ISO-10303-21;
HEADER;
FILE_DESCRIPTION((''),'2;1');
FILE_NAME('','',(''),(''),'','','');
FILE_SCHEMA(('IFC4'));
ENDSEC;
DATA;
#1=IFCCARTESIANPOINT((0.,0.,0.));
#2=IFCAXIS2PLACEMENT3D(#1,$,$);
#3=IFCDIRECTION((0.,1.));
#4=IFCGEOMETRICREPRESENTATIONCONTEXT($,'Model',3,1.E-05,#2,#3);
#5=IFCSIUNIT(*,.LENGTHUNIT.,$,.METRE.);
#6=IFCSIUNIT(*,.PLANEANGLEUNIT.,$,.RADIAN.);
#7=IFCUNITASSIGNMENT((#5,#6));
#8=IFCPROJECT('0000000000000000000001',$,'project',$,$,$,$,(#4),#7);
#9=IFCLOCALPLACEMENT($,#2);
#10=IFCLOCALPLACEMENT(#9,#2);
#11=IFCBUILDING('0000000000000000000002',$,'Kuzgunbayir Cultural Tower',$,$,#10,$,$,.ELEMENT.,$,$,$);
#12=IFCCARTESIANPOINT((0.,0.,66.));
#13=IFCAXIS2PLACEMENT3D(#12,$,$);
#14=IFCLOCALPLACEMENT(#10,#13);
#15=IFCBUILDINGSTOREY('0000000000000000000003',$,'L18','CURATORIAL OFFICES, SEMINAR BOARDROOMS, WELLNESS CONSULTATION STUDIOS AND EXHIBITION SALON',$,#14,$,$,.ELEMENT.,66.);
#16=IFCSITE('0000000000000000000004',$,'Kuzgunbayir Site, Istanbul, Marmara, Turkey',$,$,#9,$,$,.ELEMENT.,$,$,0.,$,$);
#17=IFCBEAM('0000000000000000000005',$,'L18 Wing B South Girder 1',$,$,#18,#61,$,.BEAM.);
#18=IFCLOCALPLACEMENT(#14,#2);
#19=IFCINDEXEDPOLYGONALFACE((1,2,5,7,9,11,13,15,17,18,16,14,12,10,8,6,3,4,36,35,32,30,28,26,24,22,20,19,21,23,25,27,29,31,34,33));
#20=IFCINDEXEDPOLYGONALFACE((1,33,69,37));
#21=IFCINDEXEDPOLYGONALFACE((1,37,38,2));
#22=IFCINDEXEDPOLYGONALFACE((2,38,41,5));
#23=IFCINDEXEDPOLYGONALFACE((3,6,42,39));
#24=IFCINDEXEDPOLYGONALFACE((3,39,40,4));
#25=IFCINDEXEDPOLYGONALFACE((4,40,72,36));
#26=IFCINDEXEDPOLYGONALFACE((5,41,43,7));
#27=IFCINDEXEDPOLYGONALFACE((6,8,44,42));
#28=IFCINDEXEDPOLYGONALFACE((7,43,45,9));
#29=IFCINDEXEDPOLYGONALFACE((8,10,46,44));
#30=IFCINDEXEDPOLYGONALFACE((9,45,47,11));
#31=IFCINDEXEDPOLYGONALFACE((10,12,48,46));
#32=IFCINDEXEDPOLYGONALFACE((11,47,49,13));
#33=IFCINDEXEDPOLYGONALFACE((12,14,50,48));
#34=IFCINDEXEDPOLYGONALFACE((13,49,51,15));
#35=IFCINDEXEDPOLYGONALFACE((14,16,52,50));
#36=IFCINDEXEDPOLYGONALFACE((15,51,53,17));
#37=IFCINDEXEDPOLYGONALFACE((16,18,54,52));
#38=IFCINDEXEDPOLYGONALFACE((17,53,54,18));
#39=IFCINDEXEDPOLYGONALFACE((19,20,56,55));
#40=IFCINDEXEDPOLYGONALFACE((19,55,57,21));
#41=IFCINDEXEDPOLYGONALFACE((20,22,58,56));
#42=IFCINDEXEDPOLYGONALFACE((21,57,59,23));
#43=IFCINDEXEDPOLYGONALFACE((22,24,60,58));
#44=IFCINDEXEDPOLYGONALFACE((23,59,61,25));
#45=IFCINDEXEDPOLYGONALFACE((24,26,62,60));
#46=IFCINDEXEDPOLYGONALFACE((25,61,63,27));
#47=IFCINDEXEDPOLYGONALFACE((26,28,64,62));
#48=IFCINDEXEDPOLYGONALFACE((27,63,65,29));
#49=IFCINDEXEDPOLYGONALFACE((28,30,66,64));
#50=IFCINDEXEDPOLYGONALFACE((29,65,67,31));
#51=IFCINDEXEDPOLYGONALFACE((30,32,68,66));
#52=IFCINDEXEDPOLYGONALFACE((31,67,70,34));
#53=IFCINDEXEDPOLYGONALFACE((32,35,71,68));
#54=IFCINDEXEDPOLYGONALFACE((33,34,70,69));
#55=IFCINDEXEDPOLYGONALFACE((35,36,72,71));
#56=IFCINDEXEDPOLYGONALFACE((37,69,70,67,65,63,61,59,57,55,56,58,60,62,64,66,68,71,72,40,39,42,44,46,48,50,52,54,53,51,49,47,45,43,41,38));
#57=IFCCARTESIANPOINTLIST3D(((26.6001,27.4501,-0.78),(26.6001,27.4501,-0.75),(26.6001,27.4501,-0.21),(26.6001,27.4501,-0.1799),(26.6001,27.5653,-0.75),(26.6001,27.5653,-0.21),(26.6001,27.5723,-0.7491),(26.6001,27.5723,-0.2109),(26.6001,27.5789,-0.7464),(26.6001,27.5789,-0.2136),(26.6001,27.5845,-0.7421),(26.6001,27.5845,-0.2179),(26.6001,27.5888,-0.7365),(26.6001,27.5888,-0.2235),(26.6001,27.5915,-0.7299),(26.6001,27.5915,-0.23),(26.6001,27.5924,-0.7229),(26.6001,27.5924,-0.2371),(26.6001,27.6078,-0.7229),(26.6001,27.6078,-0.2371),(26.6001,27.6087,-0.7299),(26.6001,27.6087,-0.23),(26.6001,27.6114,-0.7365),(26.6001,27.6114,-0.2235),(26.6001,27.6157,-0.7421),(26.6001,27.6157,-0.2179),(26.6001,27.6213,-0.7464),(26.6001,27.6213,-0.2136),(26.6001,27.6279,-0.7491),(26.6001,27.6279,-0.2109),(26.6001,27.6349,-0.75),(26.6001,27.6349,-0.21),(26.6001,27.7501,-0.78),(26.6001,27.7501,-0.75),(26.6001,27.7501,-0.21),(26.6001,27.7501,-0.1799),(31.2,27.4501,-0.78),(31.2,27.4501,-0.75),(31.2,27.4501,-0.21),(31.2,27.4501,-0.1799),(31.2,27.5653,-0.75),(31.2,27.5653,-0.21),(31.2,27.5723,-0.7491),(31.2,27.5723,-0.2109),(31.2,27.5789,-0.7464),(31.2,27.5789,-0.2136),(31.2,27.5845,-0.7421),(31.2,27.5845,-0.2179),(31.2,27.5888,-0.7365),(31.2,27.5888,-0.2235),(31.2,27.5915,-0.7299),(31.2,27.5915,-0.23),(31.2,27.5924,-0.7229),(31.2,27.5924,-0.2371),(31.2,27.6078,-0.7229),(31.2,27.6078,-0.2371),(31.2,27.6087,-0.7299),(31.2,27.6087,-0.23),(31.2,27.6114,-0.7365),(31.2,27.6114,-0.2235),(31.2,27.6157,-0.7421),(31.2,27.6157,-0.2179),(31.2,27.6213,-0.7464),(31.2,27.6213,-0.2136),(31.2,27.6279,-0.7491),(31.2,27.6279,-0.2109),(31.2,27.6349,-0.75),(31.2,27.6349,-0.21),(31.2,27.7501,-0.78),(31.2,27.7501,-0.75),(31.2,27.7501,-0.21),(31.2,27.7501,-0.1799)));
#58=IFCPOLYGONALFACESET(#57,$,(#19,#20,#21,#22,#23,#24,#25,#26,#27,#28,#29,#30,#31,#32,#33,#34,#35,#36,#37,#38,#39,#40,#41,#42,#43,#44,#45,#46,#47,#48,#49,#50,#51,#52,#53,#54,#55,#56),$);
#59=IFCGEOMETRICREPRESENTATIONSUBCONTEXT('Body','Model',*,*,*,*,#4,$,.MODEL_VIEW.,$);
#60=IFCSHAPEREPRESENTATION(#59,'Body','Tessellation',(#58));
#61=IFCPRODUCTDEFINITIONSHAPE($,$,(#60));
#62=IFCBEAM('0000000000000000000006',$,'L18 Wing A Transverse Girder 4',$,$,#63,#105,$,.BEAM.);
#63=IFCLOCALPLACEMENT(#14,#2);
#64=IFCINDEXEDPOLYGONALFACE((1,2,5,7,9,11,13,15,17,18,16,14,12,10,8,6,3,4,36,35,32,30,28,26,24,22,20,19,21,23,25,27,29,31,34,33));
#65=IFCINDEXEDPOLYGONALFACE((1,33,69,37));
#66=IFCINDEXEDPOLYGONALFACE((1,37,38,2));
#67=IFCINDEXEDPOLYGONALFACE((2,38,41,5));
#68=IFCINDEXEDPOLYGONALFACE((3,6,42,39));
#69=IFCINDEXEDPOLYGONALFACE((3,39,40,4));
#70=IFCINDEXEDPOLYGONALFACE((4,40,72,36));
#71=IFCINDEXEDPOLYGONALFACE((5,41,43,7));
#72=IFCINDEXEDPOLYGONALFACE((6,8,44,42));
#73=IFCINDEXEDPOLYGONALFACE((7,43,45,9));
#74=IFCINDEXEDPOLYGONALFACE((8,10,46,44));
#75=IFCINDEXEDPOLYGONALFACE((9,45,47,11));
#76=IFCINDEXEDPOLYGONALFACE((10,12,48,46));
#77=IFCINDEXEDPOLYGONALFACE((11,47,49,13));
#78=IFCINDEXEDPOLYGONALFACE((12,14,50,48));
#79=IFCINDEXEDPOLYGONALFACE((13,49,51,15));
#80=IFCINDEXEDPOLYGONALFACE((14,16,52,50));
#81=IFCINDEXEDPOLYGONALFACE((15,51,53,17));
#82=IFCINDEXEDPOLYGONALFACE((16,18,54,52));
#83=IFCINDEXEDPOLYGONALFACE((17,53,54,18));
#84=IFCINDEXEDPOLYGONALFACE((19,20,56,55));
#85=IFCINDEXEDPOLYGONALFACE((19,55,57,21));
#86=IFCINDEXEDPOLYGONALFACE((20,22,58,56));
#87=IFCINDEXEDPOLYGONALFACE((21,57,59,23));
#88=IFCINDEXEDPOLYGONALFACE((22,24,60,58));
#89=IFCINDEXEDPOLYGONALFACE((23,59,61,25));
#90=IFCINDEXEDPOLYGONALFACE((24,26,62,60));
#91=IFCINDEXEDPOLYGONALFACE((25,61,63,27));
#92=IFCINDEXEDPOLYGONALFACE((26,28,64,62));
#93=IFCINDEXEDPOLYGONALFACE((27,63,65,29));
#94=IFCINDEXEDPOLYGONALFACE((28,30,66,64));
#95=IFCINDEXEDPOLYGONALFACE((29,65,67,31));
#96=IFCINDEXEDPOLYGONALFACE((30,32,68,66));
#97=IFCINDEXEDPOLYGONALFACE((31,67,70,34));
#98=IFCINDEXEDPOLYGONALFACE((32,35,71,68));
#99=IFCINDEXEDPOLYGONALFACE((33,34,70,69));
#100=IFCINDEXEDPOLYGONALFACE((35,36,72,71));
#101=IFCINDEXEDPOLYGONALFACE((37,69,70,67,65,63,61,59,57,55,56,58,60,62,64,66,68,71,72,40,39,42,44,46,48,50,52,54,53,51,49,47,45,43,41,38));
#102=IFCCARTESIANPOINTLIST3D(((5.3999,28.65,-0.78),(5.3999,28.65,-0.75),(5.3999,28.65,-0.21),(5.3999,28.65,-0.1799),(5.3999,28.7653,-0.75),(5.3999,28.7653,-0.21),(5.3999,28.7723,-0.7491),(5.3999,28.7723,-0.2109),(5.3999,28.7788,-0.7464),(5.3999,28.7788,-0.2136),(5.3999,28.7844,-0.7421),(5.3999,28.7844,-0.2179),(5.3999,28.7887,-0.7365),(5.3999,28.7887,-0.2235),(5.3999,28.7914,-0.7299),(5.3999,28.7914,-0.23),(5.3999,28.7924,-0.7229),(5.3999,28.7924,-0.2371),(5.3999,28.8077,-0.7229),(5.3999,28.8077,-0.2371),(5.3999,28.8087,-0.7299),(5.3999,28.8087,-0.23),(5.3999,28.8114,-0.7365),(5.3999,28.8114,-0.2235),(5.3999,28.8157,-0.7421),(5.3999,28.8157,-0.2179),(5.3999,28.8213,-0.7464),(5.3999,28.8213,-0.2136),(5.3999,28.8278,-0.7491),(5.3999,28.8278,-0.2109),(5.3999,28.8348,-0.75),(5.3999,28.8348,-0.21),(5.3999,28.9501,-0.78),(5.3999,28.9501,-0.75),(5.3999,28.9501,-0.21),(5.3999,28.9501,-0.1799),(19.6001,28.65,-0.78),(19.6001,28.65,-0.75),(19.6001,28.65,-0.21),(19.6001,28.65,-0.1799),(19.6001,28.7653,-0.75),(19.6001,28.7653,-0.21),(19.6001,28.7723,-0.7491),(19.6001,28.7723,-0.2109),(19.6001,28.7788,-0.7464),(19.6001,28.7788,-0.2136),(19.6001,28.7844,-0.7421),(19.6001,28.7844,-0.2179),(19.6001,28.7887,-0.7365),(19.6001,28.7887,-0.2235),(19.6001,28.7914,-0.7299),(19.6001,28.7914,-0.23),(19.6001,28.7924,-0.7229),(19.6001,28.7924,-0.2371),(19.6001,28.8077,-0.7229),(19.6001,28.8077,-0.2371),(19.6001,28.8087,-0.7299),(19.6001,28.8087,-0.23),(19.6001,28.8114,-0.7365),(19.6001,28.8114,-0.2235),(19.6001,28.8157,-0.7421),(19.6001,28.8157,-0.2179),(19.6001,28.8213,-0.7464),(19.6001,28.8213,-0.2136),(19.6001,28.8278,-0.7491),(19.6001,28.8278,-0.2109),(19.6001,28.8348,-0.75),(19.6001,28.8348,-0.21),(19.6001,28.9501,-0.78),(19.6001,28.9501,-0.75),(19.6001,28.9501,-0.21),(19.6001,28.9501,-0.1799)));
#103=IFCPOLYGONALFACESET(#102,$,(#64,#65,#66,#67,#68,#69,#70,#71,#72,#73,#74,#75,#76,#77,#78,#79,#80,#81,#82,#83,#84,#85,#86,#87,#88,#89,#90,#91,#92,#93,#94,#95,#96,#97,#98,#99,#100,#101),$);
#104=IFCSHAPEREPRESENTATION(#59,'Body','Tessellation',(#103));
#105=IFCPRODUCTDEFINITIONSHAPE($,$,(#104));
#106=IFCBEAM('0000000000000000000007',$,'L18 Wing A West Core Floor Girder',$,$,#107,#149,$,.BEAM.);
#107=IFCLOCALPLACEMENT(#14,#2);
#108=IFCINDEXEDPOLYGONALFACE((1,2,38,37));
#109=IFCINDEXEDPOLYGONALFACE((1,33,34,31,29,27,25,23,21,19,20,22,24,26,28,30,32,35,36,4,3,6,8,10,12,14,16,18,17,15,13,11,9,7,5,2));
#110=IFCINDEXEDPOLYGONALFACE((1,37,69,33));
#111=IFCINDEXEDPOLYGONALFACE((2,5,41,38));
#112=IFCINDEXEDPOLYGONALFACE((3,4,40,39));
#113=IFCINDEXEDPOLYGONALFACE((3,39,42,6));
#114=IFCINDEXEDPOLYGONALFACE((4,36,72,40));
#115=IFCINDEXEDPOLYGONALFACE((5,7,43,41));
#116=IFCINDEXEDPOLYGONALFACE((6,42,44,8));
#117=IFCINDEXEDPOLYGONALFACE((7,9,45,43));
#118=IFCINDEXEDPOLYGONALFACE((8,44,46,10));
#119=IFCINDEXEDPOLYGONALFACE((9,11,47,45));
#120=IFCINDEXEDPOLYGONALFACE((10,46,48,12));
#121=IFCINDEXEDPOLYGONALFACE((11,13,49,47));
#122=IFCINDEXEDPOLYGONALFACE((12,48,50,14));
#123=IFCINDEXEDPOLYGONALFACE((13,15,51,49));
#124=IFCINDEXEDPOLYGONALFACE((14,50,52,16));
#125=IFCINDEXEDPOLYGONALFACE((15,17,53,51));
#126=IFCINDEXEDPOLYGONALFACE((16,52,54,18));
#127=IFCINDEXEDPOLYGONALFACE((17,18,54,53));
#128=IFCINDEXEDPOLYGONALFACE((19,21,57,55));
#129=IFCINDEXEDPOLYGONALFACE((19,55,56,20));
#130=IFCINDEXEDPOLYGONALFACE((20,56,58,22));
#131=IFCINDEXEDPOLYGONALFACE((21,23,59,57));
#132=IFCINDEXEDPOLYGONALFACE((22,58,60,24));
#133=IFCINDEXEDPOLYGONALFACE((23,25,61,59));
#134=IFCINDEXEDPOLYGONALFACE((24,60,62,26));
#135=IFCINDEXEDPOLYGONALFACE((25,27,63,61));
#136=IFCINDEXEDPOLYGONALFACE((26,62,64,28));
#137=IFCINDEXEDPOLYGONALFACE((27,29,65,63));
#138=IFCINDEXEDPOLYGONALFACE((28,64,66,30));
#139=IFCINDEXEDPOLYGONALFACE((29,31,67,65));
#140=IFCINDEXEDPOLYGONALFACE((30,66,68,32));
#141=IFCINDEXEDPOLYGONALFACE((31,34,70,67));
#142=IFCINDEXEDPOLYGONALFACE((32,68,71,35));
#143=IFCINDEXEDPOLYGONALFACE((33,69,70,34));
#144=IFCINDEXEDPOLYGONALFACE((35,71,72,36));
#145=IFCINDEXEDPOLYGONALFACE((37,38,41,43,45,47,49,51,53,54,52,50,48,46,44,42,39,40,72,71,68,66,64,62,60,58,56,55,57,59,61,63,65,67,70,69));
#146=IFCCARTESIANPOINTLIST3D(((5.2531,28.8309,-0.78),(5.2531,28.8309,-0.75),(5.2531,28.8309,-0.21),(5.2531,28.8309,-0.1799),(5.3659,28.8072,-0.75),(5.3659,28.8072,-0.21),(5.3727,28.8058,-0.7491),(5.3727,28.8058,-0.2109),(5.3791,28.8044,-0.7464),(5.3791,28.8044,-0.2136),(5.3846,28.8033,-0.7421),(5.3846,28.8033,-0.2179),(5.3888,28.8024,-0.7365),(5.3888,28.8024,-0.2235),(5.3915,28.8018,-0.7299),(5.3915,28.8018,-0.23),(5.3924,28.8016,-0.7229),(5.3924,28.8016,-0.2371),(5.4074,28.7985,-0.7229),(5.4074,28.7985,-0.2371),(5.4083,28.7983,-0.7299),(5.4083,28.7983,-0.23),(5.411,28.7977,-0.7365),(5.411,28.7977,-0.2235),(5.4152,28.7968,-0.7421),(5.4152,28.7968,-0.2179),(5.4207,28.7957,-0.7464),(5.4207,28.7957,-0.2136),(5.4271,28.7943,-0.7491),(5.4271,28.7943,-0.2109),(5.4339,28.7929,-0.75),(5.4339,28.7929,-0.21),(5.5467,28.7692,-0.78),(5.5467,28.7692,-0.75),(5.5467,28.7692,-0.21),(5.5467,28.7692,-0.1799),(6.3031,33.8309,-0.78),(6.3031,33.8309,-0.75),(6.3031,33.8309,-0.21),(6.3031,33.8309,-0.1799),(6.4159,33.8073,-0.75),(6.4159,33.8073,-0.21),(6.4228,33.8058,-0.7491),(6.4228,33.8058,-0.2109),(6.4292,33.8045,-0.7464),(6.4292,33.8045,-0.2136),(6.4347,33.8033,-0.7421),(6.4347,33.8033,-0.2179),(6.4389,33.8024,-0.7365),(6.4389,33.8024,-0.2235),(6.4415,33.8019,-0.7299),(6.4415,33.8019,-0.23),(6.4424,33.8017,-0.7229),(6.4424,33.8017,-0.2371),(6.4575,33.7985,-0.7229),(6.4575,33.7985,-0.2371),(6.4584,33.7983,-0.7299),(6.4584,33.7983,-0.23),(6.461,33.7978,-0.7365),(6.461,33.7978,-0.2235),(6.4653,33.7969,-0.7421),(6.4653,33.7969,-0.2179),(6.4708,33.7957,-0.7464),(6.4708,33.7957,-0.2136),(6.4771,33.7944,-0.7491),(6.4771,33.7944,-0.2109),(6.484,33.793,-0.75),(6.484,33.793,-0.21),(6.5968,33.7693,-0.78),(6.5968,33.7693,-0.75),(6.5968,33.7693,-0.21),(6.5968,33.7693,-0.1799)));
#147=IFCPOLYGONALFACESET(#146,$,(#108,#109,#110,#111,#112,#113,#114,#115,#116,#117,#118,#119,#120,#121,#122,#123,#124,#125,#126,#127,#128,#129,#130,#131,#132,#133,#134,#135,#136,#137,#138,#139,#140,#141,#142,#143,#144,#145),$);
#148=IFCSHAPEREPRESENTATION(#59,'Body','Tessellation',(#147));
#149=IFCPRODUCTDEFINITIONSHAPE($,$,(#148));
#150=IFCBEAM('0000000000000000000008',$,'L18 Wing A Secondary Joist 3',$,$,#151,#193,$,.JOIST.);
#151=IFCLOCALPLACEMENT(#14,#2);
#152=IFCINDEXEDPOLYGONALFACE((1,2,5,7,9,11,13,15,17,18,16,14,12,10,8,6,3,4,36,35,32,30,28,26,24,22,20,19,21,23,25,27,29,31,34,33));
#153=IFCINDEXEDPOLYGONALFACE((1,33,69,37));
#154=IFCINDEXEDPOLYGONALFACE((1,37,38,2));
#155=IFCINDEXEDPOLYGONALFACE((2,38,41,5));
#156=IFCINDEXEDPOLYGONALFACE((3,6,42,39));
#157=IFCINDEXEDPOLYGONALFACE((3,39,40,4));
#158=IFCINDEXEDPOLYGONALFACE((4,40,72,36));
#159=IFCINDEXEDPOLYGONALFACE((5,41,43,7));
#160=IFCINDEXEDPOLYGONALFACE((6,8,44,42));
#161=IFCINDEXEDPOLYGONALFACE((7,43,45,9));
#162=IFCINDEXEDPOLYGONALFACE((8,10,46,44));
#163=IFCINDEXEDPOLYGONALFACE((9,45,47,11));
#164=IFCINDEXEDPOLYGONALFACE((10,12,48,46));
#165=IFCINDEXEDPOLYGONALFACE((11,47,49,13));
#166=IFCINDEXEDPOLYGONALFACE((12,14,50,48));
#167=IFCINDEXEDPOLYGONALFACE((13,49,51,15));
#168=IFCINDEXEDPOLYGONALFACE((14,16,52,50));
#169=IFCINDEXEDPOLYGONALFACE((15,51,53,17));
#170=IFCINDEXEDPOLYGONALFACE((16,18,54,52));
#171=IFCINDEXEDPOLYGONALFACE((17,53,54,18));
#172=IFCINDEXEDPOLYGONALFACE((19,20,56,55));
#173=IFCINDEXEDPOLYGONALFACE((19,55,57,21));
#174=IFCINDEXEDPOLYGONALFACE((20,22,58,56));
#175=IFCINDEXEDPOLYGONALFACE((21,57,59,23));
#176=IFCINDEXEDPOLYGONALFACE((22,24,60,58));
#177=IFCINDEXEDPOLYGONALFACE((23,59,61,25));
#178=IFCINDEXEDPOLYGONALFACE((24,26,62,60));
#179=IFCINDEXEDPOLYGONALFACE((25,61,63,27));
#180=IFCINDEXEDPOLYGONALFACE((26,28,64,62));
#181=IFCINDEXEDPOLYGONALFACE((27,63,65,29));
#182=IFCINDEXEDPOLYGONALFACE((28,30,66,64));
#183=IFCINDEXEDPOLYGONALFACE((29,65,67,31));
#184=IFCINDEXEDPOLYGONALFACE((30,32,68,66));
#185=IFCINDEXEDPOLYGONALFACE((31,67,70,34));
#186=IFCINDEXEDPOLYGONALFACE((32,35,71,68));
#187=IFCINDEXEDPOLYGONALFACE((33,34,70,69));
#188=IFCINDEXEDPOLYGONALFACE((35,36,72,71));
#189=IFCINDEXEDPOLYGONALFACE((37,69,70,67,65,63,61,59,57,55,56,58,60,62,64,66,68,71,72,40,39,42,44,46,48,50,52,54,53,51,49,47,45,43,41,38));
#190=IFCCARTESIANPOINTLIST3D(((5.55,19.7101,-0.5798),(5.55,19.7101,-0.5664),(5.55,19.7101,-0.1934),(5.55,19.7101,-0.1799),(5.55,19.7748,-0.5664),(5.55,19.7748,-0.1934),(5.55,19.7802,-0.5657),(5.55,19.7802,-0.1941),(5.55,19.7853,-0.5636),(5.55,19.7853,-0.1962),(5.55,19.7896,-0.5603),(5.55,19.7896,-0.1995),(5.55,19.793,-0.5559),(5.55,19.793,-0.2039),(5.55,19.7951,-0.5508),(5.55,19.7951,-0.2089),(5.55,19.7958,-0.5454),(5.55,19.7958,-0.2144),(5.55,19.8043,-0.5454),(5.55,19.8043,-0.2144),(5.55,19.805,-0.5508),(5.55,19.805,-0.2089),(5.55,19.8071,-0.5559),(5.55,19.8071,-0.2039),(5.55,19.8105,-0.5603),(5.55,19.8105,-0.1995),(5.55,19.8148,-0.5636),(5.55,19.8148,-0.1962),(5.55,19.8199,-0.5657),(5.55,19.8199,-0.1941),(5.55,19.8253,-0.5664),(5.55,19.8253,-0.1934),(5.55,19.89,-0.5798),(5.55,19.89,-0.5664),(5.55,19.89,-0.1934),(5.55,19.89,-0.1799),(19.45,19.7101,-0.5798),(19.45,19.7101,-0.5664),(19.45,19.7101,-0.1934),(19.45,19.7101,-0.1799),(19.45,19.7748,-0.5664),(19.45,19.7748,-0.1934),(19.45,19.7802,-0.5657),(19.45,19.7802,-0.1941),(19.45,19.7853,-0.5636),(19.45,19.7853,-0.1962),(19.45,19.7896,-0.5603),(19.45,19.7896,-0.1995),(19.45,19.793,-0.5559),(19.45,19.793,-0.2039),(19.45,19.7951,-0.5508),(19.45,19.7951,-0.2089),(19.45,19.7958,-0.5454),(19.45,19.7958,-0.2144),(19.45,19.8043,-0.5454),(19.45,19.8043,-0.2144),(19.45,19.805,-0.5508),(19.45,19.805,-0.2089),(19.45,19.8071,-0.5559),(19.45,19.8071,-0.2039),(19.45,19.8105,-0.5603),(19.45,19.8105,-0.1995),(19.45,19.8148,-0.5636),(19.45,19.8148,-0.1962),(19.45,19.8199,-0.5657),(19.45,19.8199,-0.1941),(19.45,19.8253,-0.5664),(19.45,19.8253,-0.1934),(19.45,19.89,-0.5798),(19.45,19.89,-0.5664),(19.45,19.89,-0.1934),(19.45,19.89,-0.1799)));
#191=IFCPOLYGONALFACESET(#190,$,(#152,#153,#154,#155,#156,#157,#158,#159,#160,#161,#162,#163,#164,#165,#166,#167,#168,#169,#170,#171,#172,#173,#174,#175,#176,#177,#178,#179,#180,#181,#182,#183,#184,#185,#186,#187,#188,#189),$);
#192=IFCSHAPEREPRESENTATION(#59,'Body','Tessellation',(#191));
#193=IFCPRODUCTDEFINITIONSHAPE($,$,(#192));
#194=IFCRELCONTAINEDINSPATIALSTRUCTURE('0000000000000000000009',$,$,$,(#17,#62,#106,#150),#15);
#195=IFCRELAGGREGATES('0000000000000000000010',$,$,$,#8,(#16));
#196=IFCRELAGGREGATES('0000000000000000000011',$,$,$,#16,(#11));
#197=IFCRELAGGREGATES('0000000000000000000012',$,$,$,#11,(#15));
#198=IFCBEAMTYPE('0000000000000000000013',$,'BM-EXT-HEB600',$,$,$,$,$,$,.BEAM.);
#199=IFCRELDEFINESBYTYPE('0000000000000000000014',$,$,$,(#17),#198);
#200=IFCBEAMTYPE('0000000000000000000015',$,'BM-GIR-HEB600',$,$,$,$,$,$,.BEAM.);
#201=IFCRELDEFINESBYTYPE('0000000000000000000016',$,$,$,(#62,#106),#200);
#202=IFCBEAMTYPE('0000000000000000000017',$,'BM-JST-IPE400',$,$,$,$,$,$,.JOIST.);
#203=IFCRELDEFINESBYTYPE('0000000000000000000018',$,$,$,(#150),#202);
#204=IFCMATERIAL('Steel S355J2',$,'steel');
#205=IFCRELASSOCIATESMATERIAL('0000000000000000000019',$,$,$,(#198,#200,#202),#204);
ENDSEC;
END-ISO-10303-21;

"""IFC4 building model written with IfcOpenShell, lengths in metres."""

from ifc_helpers import new_model, si_unit, direction, frame, origin, origin_2d, place, context, subcontext, project, spatial, i_section, extrude, material, material_profile, profile_set, type_object, element, save


model = new_model("IFC4")

# Units and contexts
model_context = context("Model", 3, precision=1e-05, world=origin(), true_north=direction((0.0, 1.0)))
body_context = subcontext(model_context, "Body", "Model", "MODEL_VIEW")
ifc_project = project(units=[si_unit("LENGTHUNIT", "METRE"), si_unit("PLANEANGLEUNIT", "RADIAN")], contexts=[model_context])

# Site, building, storey
site_placement = place(None, origin())
site = spatial("IfcSite", under=ifc_project, at=site_placement, Name="Kuzgunbayir Site, Istanbul, Marmara, Turkey", CompositionType="ELEMENT", RefElevation=0.0)
building_placement = place(site_placement, origin())
building = spatial("IfcBuilding", under=site, at=building_placement, Name="Kuzgunbayir Cultural Tower", CompositionType="ELEMENT")
storey_placement = place(building_placement, frame((0.0, 0.0, 66.0)))
storey = spatial("IfcBuildingStorey", under=building, at=storey_placement, Name="L18", Description="CURATORIAL OFFICES, SEMINAR BOARDROOMS, WELLNESS CONSULTATION STUDIOS AND EXHIBITION SALON", CompositionType="ELEMENT", Elevation=66.0)

# Beams
ifc_material_1 = material(Name="Steel S355J2", Category="steel")
ifc_material_profile_1 = material_profile(ifc_material_1, i_section(OverallWidth=0.3, OverallDepth=0.6001, WebThickness=0.0154, FlangeThickness=0.03, FilletRadius=0.0271, at=origin_2d()), Name="HEB 600")
ifc_profile_set_1 = profile_set([ifc_material_profile_1], Name="Steel S355J2")
beam_type_1 = type_object("IfcBeamType", Name="BM-EXT-HEB600", PredefinedType="BEAM", material=ifc_profile_set_1)
beam_1_placement = place(storey_placement, frame((26.6001, 27.6001, -0.48), z_axis=(1.0, 0.0, 0.0), x_axis=(0.0, 1.0, 0.0)))
element("IfcBeam", 1, at=beam_1_placement, inside=storey, type_object=beam_type_1, Name="L18 Wing B South Girder 1", PredefinedType="BEAM", context=body_context, shape_type="SweptSolid", body=[
    extrude(i_section(OverallWidth=0.3, OverallDepth=0.6001, WebThickness=0.0154, FlangeThickness=0.03, FilletRadius=0.0271, at=origin_2d()), origin(), (0.0, 0.0, 1.0), 4.5999),
])
ifc_material_profile_2 = material_profile(ifc_material_1, i_section(OverallWidth=0.3, OverallDepth=0.6001, WebThickness=0.0154, FlangeThickness=0.03, FilletRadius=0.0271, at=origin_2d()), Name="HEB 600")
ifc_profile_set_2 = profile_set([ifc_material_profile_2], Name="Steel S355J2")
beam_type_2 = type_object("IfcBeamType", Name="BM-GIR-HEB600", PredefinedType="BEAM", material=ifc_profile_set_2)
beam_2_placement = place(storey_placement, frame((5.3999, 28.8, -0.48), z_axis=(1.0, 0.0, 0.0), x_axis=(0.0, 1.0, 0.0)))
element("IfcBeam", 2, at=beam_2_placement, inside=storey, type_object=beam_type_2, Name="L18 Wing A Transverse Girder 4", PredefinedType="BEAM", context=body_context, shape_type="SweptSolid", body=[
    extrude(i_section(OverallWidth=0.3, OverallDepth=0.6001, WebThickness=0.0154, FlangeThickness=0.03, FilletRadius=0.0271, at=origin_2d()), origin(), (0.0, 0.0, 1.0), 14.2002),
])
beam_3_placement = place(storey_placement, frame((5.3999, 28.8, -0.48), z_axis=(0.205526, 0.978652, 0.0), x_axis=(-0.978652, 0.205526, 0.0)))
element("IfcBeam", 3, at=beam_3_placement, inside=storey, type_object=beam_type_2, Name="L18 Wing A West Core Floor Girder", PredefinedType="BEAM", context=body_context, shape_type="SweptSolid", body=[
    extrude(i_section(OverallWidth=0.3, OverallDepth=0.6001, WebThickness=0.0154, FlangeThickness=0.03, FilletRadius=0.0271, at=origin_2d()), origin(), (0.0, 0.0, 1.0), 5.1091),
])
ifc_material_profile_3 = material_profile(ifc_material_1, i_section(OverallWidth=0.1799, OverallDepth=0.3999, WebThickness=0.0085, FlangeThickness=0.0134, FilletRadius=0.021, at=origin_2d()), Name="IPE 400")
ifc_profile_set_3 = profile_set([ifc_material_profile_3], Name="Steel S355J2")
beam_type_3 = type_object("IfcBeamType", Name="BM-JST-IPE400", PredefinedType="JOIST", material=ifc_profile_set_3)
for number, where, z_axis, x_axis, name in (
    (4, (5.55, 19.8, -0.3799), (1.0, 0.0, 0.0), (0.0, 1.0, 0.0), "L18 Wing A Secondary Joist 3"),
):
    element("IfcBeam", number, at=place(storey_placement, frame(where, z_axis=z_axis, x_axis=x_axis)), inside=storey, type_object=beam_type_3, Name=name, PredefinedType="JOIST", context=body_context, shape_type="SweptSolid", body=[
        extrude(i_section(OverallWidth=0.1799, OverallDepth=0.3999, WebThickness=0.0085, FlangeThickness=0.0134, FilletRadius=0.021, at=origin_2d()), origin(), (0.0, 0.0, 1.0), 13.8999),
    ])

save(model, "model.ifc")
